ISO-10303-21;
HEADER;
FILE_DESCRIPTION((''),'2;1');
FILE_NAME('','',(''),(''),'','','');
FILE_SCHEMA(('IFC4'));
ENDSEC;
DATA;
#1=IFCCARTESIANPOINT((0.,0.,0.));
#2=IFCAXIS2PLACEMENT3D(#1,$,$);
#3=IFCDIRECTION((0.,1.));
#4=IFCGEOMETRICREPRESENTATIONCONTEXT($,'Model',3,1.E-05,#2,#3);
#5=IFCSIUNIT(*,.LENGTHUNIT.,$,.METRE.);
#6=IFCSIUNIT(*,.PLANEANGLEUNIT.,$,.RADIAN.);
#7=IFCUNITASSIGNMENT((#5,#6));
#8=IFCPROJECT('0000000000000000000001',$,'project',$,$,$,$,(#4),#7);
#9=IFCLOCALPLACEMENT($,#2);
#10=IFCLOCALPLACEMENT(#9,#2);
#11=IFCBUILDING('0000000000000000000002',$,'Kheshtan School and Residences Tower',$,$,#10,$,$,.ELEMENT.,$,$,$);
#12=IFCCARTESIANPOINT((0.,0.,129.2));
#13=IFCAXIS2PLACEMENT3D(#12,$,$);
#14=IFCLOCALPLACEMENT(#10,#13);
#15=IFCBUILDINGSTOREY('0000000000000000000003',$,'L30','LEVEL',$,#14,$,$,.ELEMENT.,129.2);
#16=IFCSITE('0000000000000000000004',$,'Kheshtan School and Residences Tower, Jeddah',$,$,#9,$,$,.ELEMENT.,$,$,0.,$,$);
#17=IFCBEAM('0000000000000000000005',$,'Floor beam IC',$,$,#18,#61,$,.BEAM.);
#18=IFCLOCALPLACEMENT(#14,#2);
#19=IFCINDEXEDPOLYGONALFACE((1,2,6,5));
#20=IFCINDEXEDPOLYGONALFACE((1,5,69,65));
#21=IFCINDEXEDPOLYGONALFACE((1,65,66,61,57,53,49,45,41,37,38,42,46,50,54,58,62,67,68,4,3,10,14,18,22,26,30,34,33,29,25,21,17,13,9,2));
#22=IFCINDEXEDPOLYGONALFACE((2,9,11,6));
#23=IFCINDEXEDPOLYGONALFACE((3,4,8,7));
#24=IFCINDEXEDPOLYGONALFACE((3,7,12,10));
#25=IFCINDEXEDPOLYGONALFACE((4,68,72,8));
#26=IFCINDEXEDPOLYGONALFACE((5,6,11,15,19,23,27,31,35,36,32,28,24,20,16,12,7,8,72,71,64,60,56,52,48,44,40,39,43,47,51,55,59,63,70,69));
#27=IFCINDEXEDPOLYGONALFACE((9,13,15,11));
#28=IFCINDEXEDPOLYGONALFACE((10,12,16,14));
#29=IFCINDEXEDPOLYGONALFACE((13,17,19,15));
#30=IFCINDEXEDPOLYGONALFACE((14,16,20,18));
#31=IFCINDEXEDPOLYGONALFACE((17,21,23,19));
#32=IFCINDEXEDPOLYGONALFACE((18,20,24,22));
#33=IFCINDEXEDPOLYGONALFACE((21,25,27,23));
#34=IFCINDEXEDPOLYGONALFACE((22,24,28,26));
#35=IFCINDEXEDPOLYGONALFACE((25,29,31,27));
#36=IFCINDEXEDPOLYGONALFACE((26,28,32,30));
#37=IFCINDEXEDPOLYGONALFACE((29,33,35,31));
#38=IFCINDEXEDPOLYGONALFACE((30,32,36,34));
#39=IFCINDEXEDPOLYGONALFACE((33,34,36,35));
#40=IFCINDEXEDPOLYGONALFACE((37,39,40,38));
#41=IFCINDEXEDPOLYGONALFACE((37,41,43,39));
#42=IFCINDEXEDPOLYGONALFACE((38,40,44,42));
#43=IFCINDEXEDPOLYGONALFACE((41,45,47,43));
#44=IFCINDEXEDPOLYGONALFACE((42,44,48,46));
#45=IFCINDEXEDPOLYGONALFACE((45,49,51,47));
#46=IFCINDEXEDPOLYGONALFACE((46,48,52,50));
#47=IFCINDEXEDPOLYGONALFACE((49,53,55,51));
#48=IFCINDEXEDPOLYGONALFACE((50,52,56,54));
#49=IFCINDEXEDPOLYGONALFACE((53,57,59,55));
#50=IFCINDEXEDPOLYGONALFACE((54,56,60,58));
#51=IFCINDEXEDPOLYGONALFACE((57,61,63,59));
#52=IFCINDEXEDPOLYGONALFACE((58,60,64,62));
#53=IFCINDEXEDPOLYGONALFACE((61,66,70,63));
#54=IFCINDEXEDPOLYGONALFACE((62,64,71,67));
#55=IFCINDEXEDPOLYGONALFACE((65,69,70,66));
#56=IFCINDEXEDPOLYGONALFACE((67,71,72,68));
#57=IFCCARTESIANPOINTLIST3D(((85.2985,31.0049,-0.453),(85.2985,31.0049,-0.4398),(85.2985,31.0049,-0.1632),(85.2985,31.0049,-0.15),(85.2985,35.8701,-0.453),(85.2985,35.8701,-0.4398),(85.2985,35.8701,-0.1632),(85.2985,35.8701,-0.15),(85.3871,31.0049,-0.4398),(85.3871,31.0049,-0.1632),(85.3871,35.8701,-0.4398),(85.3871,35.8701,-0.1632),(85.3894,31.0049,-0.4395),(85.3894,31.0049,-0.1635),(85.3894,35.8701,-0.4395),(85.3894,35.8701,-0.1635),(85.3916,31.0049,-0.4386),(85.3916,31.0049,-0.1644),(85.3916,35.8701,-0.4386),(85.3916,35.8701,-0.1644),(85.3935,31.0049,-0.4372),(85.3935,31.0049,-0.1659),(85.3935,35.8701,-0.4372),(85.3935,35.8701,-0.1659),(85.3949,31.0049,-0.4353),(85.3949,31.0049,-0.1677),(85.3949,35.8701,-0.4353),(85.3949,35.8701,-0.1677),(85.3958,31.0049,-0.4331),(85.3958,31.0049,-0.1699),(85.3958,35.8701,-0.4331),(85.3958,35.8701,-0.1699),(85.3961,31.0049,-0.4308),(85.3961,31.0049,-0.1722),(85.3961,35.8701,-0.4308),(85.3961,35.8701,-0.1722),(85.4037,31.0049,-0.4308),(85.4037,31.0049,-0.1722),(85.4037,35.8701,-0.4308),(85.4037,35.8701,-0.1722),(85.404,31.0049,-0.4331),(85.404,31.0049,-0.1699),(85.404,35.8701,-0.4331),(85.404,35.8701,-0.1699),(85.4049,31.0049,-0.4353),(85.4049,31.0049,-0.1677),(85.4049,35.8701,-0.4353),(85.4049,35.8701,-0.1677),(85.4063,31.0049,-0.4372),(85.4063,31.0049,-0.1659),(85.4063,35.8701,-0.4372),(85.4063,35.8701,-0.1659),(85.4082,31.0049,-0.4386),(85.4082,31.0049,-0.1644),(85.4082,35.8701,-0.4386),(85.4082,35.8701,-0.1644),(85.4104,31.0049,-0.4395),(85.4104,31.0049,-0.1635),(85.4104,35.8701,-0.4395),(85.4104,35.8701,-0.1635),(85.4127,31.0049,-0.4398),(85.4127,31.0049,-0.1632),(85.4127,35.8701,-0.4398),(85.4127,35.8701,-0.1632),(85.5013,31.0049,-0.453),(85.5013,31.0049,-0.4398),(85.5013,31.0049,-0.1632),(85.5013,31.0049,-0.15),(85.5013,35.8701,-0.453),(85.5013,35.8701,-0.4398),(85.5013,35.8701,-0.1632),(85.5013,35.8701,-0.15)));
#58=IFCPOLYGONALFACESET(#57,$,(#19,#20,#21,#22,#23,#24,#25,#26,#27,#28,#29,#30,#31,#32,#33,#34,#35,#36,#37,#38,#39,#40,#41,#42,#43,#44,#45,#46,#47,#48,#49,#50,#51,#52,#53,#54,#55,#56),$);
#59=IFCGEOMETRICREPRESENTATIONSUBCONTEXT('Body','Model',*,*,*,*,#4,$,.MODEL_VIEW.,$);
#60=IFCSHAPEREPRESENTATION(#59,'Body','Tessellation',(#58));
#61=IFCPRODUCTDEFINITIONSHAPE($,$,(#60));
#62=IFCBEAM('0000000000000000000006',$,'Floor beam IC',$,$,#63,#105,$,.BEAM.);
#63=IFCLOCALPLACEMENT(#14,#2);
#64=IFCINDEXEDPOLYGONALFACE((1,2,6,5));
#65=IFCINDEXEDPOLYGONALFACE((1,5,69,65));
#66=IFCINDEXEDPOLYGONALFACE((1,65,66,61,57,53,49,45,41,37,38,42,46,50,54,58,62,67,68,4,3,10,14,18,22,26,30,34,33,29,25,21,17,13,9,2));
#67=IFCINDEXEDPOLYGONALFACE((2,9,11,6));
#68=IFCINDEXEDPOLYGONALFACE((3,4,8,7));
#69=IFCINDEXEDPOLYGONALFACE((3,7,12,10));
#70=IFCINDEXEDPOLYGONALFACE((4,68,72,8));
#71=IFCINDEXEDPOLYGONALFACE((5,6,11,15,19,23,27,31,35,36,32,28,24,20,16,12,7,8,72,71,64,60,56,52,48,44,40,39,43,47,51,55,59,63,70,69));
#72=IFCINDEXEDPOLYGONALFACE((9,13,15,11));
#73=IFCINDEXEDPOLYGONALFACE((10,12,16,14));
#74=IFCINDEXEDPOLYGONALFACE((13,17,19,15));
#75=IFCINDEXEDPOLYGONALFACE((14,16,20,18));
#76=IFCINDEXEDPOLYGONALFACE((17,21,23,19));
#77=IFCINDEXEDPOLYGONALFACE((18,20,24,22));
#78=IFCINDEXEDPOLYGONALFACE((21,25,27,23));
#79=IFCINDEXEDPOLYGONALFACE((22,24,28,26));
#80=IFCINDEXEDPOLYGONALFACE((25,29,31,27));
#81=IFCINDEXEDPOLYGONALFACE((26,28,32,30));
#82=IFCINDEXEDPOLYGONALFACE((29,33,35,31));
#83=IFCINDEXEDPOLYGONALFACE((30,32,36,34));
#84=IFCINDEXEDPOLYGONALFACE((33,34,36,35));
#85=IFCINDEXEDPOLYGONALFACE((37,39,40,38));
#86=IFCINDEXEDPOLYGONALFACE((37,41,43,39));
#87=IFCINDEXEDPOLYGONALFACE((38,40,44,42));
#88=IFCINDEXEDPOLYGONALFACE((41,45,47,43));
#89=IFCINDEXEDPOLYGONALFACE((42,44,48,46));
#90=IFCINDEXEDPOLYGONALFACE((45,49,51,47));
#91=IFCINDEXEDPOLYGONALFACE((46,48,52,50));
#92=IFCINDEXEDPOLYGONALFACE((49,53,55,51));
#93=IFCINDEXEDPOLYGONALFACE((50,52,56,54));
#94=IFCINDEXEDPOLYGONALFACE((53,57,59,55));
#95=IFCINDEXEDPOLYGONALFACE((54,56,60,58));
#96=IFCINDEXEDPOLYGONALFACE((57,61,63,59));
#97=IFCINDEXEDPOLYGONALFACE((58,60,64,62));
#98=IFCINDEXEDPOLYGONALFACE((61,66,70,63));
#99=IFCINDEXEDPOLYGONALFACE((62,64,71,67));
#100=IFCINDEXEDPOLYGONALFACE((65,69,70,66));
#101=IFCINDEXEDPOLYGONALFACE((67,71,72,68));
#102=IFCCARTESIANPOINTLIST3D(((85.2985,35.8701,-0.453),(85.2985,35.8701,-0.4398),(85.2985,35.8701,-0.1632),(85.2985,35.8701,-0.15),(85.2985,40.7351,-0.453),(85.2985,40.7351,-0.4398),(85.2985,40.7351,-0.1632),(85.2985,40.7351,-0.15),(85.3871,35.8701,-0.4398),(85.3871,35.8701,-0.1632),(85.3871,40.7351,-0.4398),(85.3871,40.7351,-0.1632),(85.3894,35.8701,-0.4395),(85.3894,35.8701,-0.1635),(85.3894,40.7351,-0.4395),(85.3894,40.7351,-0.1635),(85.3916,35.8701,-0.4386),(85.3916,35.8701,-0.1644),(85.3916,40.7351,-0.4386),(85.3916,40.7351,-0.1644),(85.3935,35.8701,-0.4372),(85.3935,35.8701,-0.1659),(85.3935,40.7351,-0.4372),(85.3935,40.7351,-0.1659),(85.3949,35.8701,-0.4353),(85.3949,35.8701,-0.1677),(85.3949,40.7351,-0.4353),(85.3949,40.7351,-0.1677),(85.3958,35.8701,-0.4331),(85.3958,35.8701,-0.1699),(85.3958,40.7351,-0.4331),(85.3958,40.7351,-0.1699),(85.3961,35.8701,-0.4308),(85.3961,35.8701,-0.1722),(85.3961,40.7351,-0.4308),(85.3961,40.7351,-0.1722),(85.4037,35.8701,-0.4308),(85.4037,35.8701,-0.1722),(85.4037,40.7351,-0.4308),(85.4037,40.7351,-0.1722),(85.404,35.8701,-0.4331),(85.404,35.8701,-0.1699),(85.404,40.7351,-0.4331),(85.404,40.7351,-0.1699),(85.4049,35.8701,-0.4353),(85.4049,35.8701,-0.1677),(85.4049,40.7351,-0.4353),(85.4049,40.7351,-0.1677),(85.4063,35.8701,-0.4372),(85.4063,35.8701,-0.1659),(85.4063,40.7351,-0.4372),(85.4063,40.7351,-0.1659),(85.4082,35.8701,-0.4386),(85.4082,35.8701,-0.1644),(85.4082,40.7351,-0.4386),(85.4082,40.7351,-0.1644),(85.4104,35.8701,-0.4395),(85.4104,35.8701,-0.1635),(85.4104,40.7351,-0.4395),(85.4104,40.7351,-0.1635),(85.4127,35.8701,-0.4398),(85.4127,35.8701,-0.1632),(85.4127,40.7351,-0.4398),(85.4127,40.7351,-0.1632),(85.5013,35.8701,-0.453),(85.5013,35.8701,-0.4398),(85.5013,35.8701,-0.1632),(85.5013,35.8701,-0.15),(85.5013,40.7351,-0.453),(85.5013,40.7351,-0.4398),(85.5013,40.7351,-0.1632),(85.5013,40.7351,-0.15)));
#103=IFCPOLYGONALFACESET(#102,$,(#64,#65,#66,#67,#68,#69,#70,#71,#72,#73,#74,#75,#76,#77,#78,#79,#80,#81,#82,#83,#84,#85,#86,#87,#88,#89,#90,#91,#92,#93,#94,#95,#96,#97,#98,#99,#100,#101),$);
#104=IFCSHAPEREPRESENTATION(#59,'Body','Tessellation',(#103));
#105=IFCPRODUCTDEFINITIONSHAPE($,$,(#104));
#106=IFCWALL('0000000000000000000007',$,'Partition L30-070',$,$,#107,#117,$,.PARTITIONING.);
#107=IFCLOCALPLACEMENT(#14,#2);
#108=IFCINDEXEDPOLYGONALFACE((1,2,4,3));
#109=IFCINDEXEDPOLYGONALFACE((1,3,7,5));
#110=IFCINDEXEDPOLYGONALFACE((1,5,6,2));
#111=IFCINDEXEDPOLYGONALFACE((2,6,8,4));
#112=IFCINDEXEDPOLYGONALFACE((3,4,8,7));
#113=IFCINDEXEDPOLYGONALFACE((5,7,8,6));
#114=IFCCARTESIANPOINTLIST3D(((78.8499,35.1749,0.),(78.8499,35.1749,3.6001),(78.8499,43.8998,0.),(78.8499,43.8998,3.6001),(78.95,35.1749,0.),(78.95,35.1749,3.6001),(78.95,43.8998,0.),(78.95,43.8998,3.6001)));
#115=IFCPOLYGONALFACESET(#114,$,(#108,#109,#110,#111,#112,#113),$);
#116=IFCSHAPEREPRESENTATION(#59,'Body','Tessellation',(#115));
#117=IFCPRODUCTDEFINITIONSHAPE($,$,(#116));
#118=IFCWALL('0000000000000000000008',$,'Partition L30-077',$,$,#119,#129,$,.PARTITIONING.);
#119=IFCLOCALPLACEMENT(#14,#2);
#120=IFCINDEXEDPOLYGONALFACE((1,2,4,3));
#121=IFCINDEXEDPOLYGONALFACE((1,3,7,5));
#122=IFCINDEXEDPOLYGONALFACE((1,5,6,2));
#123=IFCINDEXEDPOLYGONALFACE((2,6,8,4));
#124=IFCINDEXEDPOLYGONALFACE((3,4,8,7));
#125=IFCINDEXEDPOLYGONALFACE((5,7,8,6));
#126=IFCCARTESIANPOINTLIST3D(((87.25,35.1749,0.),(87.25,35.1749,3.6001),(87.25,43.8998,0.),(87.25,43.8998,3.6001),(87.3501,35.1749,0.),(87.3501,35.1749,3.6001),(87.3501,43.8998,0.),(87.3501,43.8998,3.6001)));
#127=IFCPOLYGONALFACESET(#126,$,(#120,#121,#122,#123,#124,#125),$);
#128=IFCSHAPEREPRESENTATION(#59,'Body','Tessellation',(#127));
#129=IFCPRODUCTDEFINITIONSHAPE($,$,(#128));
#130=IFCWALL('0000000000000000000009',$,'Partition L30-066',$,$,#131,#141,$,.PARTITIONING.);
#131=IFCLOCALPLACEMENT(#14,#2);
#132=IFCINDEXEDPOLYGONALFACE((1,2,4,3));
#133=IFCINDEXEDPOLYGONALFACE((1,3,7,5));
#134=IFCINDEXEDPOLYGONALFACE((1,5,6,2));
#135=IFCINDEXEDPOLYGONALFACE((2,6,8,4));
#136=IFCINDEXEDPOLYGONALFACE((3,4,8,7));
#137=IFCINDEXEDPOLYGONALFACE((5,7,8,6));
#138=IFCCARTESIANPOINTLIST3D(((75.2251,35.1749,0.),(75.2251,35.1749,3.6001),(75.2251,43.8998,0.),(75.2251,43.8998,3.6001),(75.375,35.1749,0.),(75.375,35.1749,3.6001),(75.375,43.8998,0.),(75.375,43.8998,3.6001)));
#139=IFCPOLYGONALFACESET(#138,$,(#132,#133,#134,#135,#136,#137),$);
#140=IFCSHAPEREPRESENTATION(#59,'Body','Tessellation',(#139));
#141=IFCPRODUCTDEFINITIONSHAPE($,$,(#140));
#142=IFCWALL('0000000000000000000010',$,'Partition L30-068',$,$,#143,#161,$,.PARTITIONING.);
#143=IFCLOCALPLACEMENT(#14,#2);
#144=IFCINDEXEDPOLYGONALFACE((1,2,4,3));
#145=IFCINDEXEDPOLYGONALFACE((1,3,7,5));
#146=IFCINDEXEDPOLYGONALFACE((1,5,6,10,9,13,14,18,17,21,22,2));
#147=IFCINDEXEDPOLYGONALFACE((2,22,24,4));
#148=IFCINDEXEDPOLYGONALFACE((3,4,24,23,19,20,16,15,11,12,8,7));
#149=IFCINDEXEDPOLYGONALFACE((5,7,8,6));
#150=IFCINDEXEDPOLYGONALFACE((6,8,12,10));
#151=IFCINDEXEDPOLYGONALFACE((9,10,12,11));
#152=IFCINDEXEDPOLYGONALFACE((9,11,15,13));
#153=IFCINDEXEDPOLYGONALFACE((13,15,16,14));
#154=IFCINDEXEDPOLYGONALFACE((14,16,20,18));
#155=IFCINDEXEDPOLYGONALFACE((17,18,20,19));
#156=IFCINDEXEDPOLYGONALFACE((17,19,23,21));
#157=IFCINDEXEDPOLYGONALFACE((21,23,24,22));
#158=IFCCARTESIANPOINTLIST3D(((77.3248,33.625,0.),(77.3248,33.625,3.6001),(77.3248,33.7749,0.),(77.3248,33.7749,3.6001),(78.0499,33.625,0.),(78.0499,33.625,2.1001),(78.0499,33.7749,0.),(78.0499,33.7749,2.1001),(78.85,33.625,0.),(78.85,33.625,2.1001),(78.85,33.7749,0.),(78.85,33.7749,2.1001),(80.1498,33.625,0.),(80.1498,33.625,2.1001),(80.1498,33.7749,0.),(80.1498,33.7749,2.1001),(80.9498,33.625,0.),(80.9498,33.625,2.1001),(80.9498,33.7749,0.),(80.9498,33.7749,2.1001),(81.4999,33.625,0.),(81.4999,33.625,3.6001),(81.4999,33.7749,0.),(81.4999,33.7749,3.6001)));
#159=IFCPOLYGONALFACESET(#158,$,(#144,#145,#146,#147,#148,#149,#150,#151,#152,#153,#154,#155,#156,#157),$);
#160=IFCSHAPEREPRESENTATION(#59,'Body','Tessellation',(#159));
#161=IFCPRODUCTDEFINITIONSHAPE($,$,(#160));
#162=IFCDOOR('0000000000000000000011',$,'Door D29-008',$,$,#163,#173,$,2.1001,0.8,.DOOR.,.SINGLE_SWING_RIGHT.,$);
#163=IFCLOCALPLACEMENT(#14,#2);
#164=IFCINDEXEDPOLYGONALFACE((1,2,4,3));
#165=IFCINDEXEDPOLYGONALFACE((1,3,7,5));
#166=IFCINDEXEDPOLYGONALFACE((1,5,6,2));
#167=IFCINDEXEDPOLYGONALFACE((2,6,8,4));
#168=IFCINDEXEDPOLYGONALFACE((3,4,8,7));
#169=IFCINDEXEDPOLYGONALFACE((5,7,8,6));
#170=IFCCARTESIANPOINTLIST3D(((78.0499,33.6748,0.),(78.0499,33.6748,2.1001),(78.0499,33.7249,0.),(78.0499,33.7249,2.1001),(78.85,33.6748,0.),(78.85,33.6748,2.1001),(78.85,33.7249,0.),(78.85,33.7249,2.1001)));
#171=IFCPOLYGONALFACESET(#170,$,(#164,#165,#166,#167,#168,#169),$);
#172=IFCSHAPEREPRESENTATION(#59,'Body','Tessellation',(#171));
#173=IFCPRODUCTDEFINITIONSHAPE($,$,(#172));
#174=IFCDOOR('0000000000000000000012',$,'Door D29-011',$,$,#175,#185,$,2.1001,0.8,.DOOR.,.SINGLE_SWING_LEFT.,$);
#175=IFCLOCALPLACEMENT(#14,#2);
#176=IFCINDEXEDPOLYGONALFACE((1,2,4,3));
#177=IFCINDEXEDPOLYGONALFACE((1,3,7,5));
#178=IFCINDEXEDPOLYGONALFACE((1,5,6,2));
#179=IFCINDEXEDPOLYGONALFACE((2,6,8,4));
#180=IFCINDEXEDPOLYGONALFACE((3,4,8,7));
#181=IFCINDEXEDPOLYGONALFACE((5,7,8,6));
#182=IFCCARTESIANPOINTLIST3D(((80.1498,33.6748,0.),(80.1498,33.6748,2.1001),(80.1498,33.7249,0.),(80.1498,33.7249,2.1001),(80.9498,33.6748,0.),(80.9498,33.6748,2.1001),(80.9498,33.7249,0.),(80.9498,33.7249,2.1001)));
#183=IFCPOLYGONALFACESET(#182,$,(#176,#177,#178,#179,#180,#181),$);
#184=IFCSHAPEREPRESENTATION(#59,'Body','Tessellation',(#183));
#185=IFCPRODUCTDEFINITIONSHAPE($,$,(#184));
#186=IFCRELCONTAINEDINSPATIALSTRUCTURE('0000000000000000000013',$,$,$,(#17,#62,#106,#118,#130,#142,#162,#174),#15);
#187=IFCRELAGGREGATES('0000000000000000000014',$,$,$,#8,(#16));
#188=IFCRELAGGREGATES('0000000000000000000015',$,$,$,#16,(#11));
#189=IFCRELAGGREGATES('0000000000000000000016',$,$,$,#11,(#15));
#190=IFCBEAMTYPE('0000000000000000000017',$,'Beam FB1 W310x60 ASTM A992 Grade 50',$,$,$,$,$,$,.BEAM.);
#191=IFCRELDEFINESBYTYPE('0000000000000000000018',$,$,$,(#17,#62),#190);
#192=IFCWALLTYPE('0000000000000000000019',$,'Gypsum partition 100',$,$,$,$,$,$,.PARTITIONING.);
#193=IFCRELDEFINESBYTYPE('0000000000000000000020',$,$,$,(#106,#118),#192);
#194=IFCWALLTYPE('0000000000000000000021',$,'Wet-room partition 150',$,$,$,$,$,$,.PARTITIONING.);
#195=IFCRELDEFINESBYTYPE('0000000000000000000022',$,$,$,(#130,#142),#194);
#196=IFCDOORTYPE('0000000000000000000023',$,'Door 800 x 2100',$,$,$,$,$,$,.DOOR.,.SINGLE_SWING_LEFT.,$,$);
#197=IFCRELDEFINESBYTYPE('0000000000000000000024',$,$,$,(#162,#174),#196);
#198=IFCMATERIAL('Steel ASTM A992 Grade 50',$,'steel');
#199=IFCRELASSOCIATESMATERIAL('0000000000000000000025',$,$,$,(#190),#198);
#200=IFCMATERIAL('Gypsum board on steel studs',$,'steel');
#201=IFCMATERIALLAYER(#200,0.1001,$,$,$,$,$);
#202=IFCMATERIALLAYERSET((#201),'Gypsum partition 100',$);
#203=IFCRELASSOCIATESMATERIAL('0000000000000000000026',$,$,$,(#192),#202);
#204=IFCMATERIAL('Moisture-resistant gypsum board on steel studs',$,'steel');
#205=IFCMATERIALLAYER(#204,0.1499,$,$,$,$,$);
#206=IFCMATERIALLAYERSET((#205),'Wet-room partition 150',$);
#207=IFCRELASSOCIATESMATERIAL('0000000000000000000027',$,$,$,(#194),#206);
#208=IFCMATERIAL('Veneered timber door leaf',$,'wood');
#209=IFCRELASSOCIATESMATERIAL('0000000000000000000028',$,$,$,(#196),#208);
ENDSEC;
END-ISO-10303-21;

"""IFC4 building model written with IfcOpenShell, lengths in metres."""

from ifc_helpers import new_model, si_unit, direction, frame, frame_2d, origin, origin_2d, place, context, subcontext, project, spatial, rectangle, i_section, extrude, source, transform, mapped, material, layer, layer_set, material_profile, profile_set, type_object, element, fill, save


model = new_model("IFC4")

# Units and contexts
model_context = context("Model", 3, precision=1e-05, world=origin(), true_north=direction((0.0, 1.0)))
body_context = subcontext(model_context, "Body", "Model", "MODEL_VIEW")
ifc_project = project(units=[si_unit("LENGTHUNIT", "METRE"), si_unit("PLANEANGLEUNIT", "RADIAN")], contexts=[model_context])

# Site, building, storey
site_placement = place(None, origin())
site = spatial("IfcSite", under=ifc_project, at=site_placement, Name="Kheshtan School and Residences Tower, Jeddah", CompositionType="ELEMENT", RefElevation=0.0)
building_placement = place(site_placement, origin())
building = spatial("IfcBuilding", under=site, at=building_placement, Name="Kheshtan School and Residences Tower", CompositionType="ELEMENT")
storey_placement = place(building_placement, frame((0.0, 0.0, 129.2)))
storey = spatial("IfcBuildingStorey", under=building, at=storey_placement, Name="L30", Description="LEVEL", CompositionType="ELEMENT", Elevation=129.2)

# Beams
ifc_material_1 = material(Name="Steel ASTM A992 Grade 50", Category="steel")
ifc_material_profile_1 = material_profile(ifc_material_1, i_section(OverallWidth=0.2029, OverallDepth=0.303, WebThickness=0.0076, FlangeThickness=0.0132, FilletRadius=0.009, at=origin_2d()), Name="W310x60")
ifc_profile_set_1 = profile_set([ifc_material_profile_1], Name="Steel ASTM A992 Grade 50")
beam_type = type_object("IfcBeamType", Name="Beam FB1 W310x60 ASTM A992 Grade 50", PredefinedType="BEAM", material=ifc_profile_set_1)
beam_1_placement = place(storey_placement, frame((85.3999, 31.0049, -0.3015), z_axis=(0.0, 1.0, 0.0), x_axis=(-1.0, 0.0, 0.0)))
element("IfcBeam", 1, at=beam_1_placement, inside=storey, type_object=beam_type, Name="Floor beam IC", PredefinedType="BEAM", context=body_context, shape_type="SweptSolid", body=[
    extrude(i_section(OverallWidth=0.2029, OverallDepth=0.303, WebThickness=0.0076, FlangeThickness=0.0132, FilletRadius=0.009, at=origin_2d()), origin(), (0.0, 0.0, 1.0), 4.8652),
])
beam_2_placement = place(storey_placement, frame((85.3999, 40.7351, -0.3015), z_axis=(0.0, -1.0, 0.0), x_axis=(1.0, 0.0, 0.0)))
element("IfcBeam", 2, at=beam_2_placement, inside=storey, type_object=beam_type, Name="Floor beam IC", PredefinedType="BEAM", context=body_context, shape_type="SweptSolid", body=[
    extrude(i_section(OverallWidth=0.2029, OverallDepth=0.303, WebThickness=0.0076, FlangeThickness=0.0132, FilletRadius=0.009, at=origin_2d()), origin(), (0.0, 0.0, 1.0), 4.865),
])

# Walls
ifc_material_2 = material(Name="Gypsum board on steel studs", Category="steel")
ifc_layer_1 = layer(ifc_material_2, 0.1001)
ifc_layer_set_1 = layer_set([ifc_layer_1], Name="Gypsum partition 100")
wall_type_1 = type_object("IfcWallType", Name="Gypsum partition 100", PredefinedType="PARTITIONING", material=ifc_layer_set_1)
for number, where, z_axis, x_axis, name in (
    (3, (78.8999, 35.175, 0.0), (0.0, 0.0, 1.0), (0.0, 1.0, 0.0), "Partition L30-070"),
    (4, (87.3, 35.175, 0.0), (0.0, 0.0, 1.0), (0.0, 1.0, 0.0), "Partition L30-077"),
):
    element("IfcWall", number, at=place(storey_placement, frame(where, z_axis=z_axis, x_axis=x_axis)), inside=storey, type_object=wall_type_1, Name=name, PredefinedType="PARTITIONING", context=body_context, shape_type="SweptSolid", body=[
        extrude(rectangle(XDim=8.7249, YDim=0.1001, at=frame_2d((4.3623, 0.0))), origin(), (0.0, 0.0, 1.0), 3.6001),
    ])
ifc_material_3 = material(Name="Moisture-resistant gypsum board on steel studs", Category="steel")
ifc_layer_2 = layer(ifc_material_3, 0.1499)
ifc_layer_set_2 = layer_set([ifc_layer_2], Name="Wet-room partition 150")
wall_type_2 = type_object("IfcWallType", Name="Wet-room partition 150", PredefinedType="PARTITIONING", material=ifc_layer_set_2)
wall_1_placement = place(storey_placement, frame((75.3, 35.175, 0.0), z_axis=(0.0, 0.0, 1.0), x_axis=(0.0, 1.0, 0.0)))
element("IfcWall", 5, at=wall_1_placement, inside=storey, type_object=wall_type_2, Name="Partition L30-066", PredefinedType="PARTITIONING", context=body_context, shape_type="SweptSolid", body=[
    extrude(rectangle(XDim=8.7249, YDim=0.1499, at=frame_2d((4.3623, 0.0))), origin(), (0.0, 0.0, 1.0), 3.6001),
])

# Wall, openings, doors
wall_2_placement = place(storey_placement, frame((77.325, 33.7, 0.0), z_axis=(0.0, 0.0, 1.0), x_axis=(1.0, 0.0, 0.0)))
wall_2 = element("IfcWall", 6, at=wall_2_placement, inside=storey, type_object=wall_type_2, Name="Partition L30-068", PredefinedType="PARTITIONING", context=body_context, shape_type="SweptSolid", body=[
    extrude(rectangle(XDim=4.175, YDim=0.1499, at=frame_2d((2.0874, 0.0))), origin(), (0.0, 0.0, 1.0), 3.6001),
])
opening_1_placement = place(wall_2_placement, frame((0.7251, 0.0, 0.0)))
opening_1 = element("IfcOpeningElement", 7, at=opening_1_placement, cuts=wall_2, PredefinedType="OPENING", context=body_context, shape_type="SweptSolid", body=[
    extrude(rectangle(XDim=0.8, YDim=2.1001, at=frame_2d((0.3999, 1.05))), frame((0.0, 0.085, 0.0), z_axis=(0.0, -1.0, 0.0), x_axis=(1.0, 0.0, 0.0)), (0.0, 0.0, 1.0), 0.1699),
])
opening_2_placement = place(wall_2_placement, frame((2.825, 0.0, 0.0)))
opening_2 = element("IfcOpeningElement", 8, at=opening_2_placement, cuts=wall_2, PredefinedType="OPENING", context=body_context, shape_type="SweptSolid", body=[
    extrude(rectangle(XDim=0.8, YDim=2.1001, at=frame_2d((0.3999, 1.05))), frame((0.0, 0.085, 0.0), z_axis=(0.0, -1.0, 0.0), x_axis=(1.0, 0.0, 0.0)), (0.0, 0.0, 1.0), 0.1699),
])
ifc_material_4 = material(Name="Veneered timber door leaf", Category="wood")
door_type_1 = type_object("IfcDoorType", Name="Door 800 x 2100", OperationType="SINGLE_SWING_LEFT", PredefinedType="DOOR", material=ifc_material_4)
shared_shape_1 = source(origin(), body_context, "Body", "SweptSolid", [
    extrude(rectangle(XDim=0.8, YDim=2.1001, at=frame_2d((0.3999, 1.05))), frame((0.0, 0.0249, 0.0), z_axis=(0.0, -1.0, 0.0), x_axis=(1.0, 0.0, 0.0)), (0.0, 0.0, 1.0), 0.05),
])
door_1_placement = place(opening_1_placement, origin())
door_1 = element("IfcDoor", 9, at=door_1_placement, inside=storey, type_object=door_type_1, Name="Door D29-008", OperationType="SINGLE_SWING_RIGHT", OverallHeight=2.1001, OverallWidth=0.8, PredefinedType="DOOR", context=body_context, shape_type="MappedRepresentation", body=[
    mapped(shared_shape_1, transform((0.0, 0.0, 0.0), x_axis=(1.0, 0.0, 0.0), y_axis=(0.0, 1.0, 0.0), z_axis=(0.0, 0.0, 1.0), scale=1.0)),
])
fill(opening_1, door_1)
door_2_placement = place(opening_2_placement, origin())
door_2 = element("IfcDoor", 10, at=door_2_placement, inside=storey, type_object=door_type_1, Name="Door D29-011", OperationType="SINGLE_SWING_LEFT", OverallHeight=2.1001, OverallWidth=0.8, PredefinedType="DOOR", context=body_context, shape_type="MappedRepresentation", body=[
    mapped(shared_shape_1, transform((0.0, 0.0, 0.0), x_axis=(1.0, 0.0, 0.0), y_axis=(0.0, 1.0, 0.0), z_axis=(0.0, 0.0, 1.0), scale=1.0)),
])
fill(opening_2, door_2)

save(model, "model.ifc")
